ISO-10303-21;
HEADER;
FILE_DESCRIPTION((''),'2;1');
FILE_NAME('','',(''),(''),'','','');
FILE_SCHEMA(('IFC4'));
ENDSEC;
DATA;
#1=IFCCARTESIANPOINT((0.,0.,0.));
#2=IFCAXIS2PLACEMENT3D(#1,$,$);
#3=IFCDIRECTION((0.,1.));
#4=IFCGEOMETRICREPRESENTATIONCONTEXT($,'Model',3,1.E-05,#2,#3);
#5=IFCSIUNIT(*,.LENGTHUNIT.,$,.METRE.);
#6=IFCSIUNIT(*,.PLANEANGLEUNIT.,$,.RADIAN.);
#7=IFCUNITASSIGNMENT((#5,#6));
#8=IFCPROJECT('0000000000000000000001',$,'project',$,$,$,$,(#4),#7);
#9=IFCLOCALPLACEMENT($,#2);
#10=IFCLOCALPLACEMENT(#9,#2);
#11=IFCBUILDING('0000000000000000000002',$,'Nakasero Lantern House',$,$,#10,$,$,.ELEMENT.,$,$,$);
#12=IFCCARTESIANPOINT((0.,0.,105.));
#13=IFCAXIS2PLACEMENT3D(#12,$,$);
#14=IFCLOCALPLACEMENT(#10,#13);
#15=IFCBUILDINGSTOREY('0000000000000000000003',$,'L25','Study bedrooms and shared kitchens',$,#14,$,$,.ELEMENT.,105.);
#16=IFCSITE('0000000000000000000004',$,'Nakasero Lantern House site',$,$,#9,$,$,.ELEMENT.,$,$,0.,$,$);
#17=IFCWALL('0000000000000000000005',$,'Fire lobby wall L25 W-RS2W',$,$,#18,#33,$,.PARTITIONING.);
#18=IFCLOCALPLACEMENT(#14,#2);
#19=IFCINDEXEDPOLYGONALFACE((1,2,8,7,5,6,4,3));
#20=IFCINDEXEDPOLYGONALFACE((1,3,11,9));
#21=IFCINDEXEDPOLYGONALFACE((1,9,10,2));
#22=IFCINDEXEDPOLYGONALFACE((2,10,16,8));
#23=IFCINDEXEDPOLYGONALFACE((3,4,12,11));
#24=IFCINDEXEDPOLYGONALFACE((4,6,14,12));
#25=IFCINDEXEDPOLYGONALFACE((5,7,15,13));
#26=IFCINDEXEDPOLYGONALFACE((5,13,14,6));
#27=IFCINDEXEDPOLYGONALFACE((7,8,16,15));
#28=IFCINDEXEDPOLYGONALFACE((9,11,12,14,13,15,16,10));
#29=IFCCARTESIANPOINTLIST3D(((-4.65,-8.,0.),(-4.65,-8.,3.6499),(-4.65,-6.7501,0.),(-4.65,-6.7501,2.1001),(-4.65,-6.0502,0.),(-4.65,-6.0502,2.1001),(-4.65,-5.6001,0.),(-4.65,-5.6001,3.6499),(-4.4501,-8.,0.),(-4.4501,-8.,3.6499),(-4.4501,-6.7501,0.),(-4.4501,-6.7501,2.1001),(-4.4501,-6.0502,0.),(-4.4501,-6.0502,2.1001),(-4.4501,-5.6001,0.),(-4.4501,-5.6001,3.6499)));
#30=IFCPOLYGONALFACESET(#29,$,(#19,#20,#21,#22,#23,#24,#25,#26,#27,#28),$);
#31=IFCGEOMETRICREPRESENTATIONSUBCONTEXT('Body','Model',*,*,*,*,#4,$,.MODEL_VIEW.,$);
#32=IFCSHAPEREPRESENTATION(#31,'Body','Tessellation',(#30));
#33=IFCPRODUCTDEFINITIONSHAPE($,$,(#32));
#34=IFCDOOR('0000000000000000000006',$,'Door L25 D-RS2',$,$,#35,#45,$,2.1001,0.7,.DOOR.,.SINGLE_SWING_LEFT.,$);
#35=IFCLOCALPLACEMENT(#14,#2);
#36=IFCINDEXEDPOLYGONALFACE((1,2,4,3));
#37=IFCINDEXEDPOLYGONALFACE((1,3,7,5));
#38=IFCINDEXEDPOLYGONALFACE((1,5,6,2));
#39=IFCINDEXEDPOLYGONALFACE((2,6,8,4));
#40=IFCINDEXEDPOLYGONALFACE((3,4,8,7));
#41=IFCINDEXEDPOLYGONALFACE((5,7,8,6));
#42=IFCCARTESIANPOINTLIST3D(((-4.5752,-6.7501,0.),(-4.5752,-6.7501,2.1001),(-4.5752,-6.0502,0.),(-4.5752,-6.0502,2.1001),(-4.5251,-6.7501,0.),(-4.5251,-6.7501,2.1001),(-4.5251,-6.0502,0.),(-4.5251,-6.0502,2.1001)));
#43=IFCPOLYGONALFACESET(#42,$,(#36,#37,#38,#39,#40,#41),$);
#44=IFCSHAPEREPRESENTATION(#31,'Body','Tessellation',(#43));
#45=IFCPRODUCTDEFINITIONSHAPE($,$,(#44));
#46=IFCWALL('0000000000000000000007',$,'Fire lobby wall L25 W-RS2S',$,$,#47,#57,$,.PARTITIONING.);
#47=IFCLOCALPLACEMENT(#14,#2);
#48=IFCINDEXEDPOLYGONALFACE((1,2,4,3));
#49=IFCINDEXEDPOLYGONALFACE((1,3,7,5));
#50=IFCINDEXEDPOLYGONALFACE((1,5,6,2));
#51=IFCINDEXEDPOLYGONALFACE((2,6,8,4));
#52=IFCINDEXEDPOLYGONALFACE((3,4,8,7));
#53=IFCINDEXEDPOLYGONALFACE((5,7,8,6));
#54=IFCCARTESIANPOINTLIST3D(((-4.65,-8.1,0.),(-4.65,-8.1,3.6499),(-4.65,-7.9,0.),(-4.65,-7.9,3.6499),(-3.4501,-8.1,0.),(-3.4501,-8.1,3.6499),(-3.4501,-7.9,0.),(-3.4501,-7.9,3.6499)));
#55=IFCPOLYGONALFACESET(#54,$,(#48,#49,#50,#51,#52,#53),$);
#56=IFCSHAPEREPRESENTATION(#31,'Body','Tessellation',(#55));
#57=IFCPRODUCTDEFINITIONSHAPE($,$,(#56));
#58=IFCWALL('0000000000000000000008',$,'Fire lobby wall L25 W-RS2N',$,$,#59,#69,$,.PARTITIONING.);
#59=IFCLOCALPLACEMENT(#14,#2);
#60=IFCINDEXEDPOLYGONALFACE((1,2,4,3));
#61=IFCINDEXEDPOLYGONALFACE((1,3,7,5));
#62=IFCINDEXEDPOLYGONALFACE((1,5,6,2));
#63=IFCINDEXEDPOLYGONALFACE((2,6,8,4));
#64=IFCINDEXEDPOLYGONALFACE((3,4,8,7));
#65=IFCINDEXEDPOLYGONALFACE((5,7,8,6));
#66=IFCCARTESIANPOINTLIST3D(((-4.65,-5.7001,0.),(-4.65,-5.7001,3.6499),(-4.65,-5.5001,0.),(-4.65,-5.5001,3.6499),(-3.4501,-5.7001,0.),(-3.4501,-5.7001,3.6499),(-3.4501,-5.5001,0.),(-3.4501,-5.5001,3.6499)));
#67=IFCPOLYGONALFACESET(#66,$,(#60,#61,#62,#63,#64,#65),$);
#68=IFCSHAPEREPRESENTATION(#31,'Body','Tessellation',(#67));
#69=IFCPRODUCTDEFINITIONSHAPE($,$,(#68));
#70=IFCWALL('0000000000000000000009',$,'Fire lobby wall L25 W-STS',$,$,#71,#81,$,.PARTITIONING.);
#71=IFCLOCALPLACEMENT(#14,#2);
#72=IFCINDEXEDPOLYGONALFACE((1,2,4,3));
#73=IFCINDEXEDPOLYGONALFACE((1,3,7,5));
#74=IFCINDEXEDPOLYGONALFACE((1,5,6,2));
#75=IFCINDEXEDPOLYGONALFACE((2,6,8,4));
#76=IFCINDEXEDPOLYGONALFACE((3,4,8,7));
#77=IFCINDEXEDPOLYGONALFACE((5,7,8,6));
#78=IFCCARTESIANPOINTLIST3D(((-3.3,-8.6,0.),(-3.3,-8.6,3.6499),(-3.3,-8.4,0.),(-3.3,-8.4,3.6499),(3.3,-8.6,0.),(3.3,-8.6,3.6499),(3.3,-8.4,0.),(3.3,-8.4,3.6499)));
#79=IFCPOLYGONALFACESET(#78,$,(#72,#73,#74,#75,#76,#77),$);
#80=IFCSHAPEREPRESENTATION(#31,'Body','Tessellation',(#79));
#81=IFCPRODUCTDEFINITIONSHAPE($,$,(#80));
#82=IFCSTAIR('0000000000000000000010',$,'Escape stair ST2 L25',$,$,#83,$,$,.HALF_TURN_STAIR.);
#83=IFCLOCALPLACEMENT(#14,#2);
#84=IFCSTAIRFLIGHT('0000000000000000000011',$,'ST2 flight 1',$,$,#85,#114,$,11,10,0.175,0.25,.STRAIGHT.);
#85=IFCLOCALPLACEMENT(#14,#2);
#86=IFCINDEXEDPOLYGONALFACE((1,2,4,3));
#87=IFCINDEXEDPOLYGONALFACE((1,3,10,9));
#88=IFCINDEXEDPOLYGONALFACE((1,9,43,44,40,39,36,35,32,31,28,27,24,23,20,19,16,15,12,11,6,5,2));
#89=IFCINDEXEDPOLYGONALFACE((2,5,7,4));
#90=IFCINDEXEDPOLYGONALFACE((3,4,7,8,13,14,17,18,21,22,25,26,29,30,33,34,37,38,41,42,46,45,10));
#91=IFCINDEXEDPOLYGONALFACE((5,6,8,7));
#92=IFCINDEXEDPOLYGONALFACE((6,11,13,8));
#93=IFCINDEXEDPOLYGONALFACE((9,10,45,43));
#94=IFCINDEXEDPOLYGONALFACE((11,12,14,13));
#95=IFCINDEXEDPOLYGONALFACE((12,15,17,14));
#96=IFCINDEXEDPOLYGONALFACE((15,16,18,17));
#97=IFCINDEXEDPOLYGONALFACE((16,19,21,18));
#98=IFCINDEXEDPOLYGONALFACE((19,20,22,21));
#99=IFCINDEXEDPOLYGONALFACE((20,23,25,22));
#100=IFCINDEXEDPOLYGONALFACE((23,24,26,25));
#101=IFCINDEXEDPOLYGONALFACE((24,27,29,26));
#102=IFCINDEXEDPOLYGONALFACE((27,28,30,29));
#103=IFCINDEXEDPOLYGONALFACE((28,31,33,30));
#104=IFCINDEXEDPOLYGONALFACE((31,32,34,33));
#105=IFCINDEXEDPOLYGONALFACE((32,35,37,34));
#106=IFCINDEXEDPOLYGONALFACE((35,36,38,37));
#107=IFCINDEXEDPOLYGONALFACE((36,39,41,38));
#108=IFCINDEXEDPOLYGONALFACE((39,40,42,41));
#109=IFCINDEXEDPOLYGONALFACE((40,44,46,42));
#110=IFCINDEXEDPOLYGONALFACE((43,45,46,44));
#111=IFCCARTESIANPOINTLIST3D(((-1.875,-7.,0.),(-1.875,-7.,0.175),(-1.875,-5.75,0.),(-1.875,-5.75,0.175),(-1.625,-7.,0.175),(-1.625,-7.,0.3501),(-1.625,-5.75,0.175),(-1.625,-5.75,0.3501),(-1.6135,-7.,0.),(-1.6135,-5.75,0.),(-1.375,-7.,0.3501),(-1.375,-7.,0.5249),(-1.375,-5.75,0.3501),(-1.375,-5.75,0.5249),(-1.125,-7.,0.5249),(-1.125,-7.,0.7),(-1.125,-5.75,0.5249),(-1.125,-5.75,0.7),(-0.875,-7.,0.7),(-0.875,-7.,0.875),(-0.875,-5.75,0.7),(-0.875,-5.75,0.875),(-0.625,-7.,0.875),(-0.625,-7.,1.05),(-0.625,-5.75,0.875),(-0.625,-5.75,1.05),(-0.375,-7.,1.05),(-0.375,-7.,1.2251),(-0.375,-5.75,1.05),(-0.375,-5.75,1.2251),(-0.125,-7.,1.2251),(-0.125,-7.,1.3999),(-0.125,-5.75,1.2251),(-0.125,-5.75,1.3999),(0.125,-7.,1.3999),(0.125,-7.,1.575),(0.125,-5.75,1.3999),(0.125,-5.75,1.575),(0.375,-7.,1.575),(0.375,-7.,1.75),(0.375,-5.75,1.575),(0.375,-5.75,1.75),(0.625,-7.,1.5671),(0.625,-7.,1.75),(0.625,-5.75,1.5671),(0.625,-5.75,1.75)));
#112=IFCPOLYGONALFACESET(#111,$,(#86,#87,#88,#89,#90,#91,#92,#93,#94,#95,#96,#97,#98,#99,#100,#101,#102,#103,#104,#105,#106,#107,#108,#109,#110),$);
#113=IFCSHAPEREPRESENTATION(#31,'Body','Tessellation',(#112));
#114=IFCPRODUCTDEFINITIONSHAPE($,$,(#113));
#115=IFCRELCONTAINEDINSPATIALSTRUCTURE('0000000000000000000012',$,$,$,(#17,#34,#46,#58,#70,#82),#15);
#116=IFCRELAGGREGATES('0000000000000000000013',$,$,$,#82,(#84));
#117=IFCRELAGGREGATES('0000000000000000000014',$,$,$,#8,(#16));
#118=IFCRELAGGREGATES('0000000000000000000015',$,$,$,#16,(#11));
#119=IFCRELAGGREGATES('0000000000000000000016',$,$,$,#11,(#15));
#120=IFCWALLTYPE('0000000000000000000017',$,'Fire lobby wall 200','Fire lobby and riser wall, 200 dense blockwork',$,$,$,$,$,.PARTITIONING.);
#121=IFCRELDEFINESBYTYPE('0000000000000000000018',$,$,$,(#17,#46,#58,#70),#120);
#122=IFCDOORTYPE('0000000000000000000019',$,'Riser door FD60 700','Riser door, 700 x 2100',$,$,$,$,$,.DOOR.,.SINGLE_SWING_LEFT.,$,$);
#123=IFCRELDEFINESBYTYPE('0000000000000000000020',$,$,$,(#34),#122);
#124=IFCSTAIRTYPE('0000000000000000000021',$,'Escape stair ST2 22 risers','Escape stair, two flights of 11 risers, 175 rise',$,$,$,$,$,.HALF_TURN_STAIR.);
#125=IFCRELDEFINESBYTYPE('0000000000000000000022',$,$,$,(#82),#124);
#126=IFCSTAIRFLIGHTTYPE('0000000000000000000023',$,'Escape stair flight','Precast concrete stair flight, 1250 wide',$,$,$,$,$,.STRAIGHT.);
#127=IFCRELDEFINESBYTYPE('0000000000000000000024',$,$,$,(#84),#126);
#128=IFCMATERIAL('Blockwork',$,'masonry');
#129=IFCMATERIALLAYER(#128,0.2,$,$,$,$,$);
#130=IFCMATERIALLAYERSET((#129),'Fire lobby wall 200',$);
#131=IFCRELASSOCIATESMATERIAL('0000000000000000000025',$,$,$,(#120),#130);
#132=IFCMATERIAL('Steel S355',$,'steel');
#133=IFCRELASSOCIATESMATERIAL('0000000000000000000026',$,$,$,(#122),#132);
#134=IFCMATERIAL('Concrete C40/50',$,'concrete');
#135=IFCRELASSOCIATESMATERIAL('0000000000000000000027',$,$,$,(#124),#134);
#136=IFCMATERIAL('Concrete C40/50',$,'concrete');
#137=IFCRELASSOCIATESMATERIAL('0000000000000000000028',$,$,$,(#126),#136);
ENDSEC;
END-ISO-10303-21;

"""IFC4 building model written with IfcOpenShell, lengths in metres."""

from ifc_helpers import new_model, si_unit, direction, frame, frame_2d, origin, place, context, subcontext, project, spatial, polyline, rectangle, outline, extrude, material, layer, layer_set, type_object, element, fill, aggregate, save


model = new_model("IFC4")

# Units and contexts
model_context = context("Model", 3, precision=1e-05, world=origin(), true_north=direction((0.0, 1.0)))
body_context = subcontext(model_context, "Body", "Model", "MODEL_VIEW")
ifc_project = project(units=[si_unit("LENGTHUNIT", "METRE"), si_unit("PLANEANGLEUNIT", "RADIAN")], contexts=[model_context])

# Site, building, storey
site_placement = place(None, origin())
site = spatial("IfcSite", under=ifc_project, at=site_placement, Name="Nakasero Lantern House site", CompositionType="ELEMENT", RefElevation=0.0)
building_placement = place(site_placement, origin())
building = spatial("IfcBuilding", under=site, at=building_placement, Name="Nakasero Lantern House", CompositionType="ELEMENT")
storey_placement = place(building_placement, frame((0.0, 0.0, 105.0)))
storey = spatial("IfcBuildingStorey", under=building, at=storey_placement, Name="L25", Description="Study bedrooms and shared kitchens", CompositionType="ELEMENT", Elevation=105.0)

# Wall, opening, door
ifc_material_1 = material(Name="Blockwork", Category="masonry")
ifc_layer_1 = layer(ifc_material_1, 0.2)
ifc_layer_set_1 = layer_set([ifc_layer_1], Name="Fire lobby wall 200")
wall_type_1 = type_object("IfcWallType", Name="Fire lobby wall 200", Description="Fire lobby and riser wall, 200 dense blockwork", PredefinedType="PARTITIONING", material=ifc_layer_set_1)
wall_1_placement = place(storey_placement, frame((-4.55, -5.6001, 0.0), z_axis=(0.0, 0.0, 1.0), x_axis=(0.0, -1.0, 0.0)))
wall_1 = element("IfcWall", 1, at=wall_1_placement, inside=storey, type_object=wall_type_1, Name="Fire lobby wall L25 W-RS2W", PredefinedType="PARTITIONING", context=body_context, shape_type="SweptSolid", body=[
    extrude(rectangle(XDim=2.3999, YDim=0.2, at=frame_2d((1.2, 0.0))), origin(), (0.0, 0.0, 1.0), 3.6499),
])
opening_1_placement = place(wall_1_placement, frame((0.45, 0.0, 0.0)))
opening_1 = element("IfcOpeningElement", 2, at=opening_1_placement, cuts=wall_1, PredefinedType="OPENING", context=body_context, shape_type="SweptSolid", body=[
    extrude(rectangle(XDim=0.7, YDim=2.1001, at=frame_2d((0.3501, 1.05))), frame((0.0, 0.1199, 0.0), z_axis=(0.0, -1.0, 0.0), x_axis=(1.0, 0.0, 0.0)), (0.0, 0.0, 1.0), 0.24),
])
ifc_material_2 = material(Name="Steel S355", Category="steel")
door_type_1 = type_object("IfcDoorType", Name="Riser door FD60 700", Description="Riser door, 700 x 2100", OperationType="SINGLE_SWING_LEFT", PredefinedType="DOOR", material=ifc_material_2)
door_1_placement = place(opening_1_placement, origin())
door_1 = element("IfcDoor", 3, at=door_1_placement, inside=storey, type_object=door_type_1, Name="Door L25 D-RS2", OperationType="SINGLE_SWING_LEFT", OverallHeight=2.1001, OverallWidth=0.7, PredefinedType="DOOR", context=body_context, shape_type="SweptSolid", body=[
    extrude(rectangle(XDim=0.7, YDim=2.1001, at=frame_2d((0.3501, 1.05))), frame((0.0, 0.0249, 0.0), z_axis=(0.0, -1.0, 0.0), x_axis=(1.0, 0.0, 0.0)), (0.0, 0.0, 1.0), 0.05),
])
fill(opening_1, door_1)

# Walls
for number, where, z_axis, x_axis, name in (
    (4, (-3.45, -8.0, 0.0), (0.0, 0.0, 1.0), (-1.0, 0.0, 0.0), "Fire lobby wall L25 W-RS2S"),
    (5, (-3.45, -5.6001, 0.0), (0.0, 0.0, 1.0), (-1.0, 0.0, 0.0), "Fire lobby wall L25 W-RS2N"),
):
    element("IfcWall", number, at=place(storey_placement, frame(where, z_axis=z_axis, x_axis=x_axis)), inside=storey, type_object=wall_type_1, Name=name, PredefinedType="PARTITIONING", context=body_context, shape_type="SweptSolid", body=[
        extrude(rectangle(XDim=1.2, YDim=0.2, at=frame_2d((0.6001, 0.0))), origin(), (0.0, 0.0, 1.0), 3.6499),
    ])
wall_2_placement = place(storey_placement, frame((-3.3, -8.5, 0.0), z_axis=(0.0, 0.0, 1.0), x_axis=(1.0, 0.0, 0.0)))
element("IfcWall", 6, at=wall_2_placement, inside=storey, type_object=wall_type_1, Name="Fire lobby wall L25 W-STS", PredefinedType="PARTITIONING", context=body_context, shape_type="SweptSolid", body=[
    extrude(rectangle(XDim=6.6001, YDim=0.2, at=frame_2d((3.3, 0.0))), origin(), (0.0, 0.0, 1.0), 3.6499),
])

# Stair, stair flight
ifc_material_3 = material(Name="Concrete C40/50", Category="concrete")
stair_type = type_object("IfcStairType", Name="Escape stair ST2 22 risers", Description="Escape stair, two flights of 11 risers, 175 rise", PredefinedType="HALF_TURN_STAIR", material=ifc_material_3)
stair_placement = place(storey_placement, origin())
stair = element("IfcStair", 7, at=stair_placement, inside=storey, type_object=stair_type, Name="Escape stair ST2 L25", PredefinedType="HALF_TURN_STAIR")
ifc_material_4 = material(Name="Concrete C40/50", Category="concrete")
stair_flight_type = type_object("IfcStairFlightType", Name="Escape stair flight", Description="Precast concrete stair flight, 1250 wide", PredefinedType="STRAIGHT", material=ifc_material_4)
stair_flight_placement = place(storey_placement, frame((-1.875, -6.375, 0.0), z_axis=(0.0, 0.0, 1.0), x_axis=(1.0, 0.0, 0.0)))
stair_flight = element("IfcStairFlight", 8, at=stair_flight_placement, type_object=stair_flight_type, Name="ST2 flight 1", NumberOfRisers=11, NumberOfTreads=10, PredefinedType="STRAIGHT", RiserHeight=0.175, TreadLength=0.25, context=body_context, shape_type="SweptSolid", body=[
    extrude(outline(polyline([(0.0, 0.0), (0.0, 0.175), (0.25, 0.175), (0.25, 0.3501), (0.5, 0.3501), (0.5, 0.5249), (0.75, 0.5249), (0.75, 0.7), (1.0, 0.7), (1.0, 0.875), (1.25, 0.875), (1.25, 1.05), (1.5, 1.05), (1.5, 1.2251), (1.75, 1.2251), (1.75, 1.3999), (2.0, 1.3999), (2.0, 1.575), (2.25, 1.575), (2.25, 1.75), (2.5, 1.75), (2.5, 1.925), (2.5, 1.5671), (0.2615, 0.0), (0.0, 0.0)])), frame((0.0, 0.625, 0.0), z_axis=(0.0, -1.0, 0.0), x_axis=(1.0, 0.0, 0.0)), (0.0, 0.0, 1.0), 1.25),
])
aggregate(stair, [stair_flight])

save(model, "model.ifc")
